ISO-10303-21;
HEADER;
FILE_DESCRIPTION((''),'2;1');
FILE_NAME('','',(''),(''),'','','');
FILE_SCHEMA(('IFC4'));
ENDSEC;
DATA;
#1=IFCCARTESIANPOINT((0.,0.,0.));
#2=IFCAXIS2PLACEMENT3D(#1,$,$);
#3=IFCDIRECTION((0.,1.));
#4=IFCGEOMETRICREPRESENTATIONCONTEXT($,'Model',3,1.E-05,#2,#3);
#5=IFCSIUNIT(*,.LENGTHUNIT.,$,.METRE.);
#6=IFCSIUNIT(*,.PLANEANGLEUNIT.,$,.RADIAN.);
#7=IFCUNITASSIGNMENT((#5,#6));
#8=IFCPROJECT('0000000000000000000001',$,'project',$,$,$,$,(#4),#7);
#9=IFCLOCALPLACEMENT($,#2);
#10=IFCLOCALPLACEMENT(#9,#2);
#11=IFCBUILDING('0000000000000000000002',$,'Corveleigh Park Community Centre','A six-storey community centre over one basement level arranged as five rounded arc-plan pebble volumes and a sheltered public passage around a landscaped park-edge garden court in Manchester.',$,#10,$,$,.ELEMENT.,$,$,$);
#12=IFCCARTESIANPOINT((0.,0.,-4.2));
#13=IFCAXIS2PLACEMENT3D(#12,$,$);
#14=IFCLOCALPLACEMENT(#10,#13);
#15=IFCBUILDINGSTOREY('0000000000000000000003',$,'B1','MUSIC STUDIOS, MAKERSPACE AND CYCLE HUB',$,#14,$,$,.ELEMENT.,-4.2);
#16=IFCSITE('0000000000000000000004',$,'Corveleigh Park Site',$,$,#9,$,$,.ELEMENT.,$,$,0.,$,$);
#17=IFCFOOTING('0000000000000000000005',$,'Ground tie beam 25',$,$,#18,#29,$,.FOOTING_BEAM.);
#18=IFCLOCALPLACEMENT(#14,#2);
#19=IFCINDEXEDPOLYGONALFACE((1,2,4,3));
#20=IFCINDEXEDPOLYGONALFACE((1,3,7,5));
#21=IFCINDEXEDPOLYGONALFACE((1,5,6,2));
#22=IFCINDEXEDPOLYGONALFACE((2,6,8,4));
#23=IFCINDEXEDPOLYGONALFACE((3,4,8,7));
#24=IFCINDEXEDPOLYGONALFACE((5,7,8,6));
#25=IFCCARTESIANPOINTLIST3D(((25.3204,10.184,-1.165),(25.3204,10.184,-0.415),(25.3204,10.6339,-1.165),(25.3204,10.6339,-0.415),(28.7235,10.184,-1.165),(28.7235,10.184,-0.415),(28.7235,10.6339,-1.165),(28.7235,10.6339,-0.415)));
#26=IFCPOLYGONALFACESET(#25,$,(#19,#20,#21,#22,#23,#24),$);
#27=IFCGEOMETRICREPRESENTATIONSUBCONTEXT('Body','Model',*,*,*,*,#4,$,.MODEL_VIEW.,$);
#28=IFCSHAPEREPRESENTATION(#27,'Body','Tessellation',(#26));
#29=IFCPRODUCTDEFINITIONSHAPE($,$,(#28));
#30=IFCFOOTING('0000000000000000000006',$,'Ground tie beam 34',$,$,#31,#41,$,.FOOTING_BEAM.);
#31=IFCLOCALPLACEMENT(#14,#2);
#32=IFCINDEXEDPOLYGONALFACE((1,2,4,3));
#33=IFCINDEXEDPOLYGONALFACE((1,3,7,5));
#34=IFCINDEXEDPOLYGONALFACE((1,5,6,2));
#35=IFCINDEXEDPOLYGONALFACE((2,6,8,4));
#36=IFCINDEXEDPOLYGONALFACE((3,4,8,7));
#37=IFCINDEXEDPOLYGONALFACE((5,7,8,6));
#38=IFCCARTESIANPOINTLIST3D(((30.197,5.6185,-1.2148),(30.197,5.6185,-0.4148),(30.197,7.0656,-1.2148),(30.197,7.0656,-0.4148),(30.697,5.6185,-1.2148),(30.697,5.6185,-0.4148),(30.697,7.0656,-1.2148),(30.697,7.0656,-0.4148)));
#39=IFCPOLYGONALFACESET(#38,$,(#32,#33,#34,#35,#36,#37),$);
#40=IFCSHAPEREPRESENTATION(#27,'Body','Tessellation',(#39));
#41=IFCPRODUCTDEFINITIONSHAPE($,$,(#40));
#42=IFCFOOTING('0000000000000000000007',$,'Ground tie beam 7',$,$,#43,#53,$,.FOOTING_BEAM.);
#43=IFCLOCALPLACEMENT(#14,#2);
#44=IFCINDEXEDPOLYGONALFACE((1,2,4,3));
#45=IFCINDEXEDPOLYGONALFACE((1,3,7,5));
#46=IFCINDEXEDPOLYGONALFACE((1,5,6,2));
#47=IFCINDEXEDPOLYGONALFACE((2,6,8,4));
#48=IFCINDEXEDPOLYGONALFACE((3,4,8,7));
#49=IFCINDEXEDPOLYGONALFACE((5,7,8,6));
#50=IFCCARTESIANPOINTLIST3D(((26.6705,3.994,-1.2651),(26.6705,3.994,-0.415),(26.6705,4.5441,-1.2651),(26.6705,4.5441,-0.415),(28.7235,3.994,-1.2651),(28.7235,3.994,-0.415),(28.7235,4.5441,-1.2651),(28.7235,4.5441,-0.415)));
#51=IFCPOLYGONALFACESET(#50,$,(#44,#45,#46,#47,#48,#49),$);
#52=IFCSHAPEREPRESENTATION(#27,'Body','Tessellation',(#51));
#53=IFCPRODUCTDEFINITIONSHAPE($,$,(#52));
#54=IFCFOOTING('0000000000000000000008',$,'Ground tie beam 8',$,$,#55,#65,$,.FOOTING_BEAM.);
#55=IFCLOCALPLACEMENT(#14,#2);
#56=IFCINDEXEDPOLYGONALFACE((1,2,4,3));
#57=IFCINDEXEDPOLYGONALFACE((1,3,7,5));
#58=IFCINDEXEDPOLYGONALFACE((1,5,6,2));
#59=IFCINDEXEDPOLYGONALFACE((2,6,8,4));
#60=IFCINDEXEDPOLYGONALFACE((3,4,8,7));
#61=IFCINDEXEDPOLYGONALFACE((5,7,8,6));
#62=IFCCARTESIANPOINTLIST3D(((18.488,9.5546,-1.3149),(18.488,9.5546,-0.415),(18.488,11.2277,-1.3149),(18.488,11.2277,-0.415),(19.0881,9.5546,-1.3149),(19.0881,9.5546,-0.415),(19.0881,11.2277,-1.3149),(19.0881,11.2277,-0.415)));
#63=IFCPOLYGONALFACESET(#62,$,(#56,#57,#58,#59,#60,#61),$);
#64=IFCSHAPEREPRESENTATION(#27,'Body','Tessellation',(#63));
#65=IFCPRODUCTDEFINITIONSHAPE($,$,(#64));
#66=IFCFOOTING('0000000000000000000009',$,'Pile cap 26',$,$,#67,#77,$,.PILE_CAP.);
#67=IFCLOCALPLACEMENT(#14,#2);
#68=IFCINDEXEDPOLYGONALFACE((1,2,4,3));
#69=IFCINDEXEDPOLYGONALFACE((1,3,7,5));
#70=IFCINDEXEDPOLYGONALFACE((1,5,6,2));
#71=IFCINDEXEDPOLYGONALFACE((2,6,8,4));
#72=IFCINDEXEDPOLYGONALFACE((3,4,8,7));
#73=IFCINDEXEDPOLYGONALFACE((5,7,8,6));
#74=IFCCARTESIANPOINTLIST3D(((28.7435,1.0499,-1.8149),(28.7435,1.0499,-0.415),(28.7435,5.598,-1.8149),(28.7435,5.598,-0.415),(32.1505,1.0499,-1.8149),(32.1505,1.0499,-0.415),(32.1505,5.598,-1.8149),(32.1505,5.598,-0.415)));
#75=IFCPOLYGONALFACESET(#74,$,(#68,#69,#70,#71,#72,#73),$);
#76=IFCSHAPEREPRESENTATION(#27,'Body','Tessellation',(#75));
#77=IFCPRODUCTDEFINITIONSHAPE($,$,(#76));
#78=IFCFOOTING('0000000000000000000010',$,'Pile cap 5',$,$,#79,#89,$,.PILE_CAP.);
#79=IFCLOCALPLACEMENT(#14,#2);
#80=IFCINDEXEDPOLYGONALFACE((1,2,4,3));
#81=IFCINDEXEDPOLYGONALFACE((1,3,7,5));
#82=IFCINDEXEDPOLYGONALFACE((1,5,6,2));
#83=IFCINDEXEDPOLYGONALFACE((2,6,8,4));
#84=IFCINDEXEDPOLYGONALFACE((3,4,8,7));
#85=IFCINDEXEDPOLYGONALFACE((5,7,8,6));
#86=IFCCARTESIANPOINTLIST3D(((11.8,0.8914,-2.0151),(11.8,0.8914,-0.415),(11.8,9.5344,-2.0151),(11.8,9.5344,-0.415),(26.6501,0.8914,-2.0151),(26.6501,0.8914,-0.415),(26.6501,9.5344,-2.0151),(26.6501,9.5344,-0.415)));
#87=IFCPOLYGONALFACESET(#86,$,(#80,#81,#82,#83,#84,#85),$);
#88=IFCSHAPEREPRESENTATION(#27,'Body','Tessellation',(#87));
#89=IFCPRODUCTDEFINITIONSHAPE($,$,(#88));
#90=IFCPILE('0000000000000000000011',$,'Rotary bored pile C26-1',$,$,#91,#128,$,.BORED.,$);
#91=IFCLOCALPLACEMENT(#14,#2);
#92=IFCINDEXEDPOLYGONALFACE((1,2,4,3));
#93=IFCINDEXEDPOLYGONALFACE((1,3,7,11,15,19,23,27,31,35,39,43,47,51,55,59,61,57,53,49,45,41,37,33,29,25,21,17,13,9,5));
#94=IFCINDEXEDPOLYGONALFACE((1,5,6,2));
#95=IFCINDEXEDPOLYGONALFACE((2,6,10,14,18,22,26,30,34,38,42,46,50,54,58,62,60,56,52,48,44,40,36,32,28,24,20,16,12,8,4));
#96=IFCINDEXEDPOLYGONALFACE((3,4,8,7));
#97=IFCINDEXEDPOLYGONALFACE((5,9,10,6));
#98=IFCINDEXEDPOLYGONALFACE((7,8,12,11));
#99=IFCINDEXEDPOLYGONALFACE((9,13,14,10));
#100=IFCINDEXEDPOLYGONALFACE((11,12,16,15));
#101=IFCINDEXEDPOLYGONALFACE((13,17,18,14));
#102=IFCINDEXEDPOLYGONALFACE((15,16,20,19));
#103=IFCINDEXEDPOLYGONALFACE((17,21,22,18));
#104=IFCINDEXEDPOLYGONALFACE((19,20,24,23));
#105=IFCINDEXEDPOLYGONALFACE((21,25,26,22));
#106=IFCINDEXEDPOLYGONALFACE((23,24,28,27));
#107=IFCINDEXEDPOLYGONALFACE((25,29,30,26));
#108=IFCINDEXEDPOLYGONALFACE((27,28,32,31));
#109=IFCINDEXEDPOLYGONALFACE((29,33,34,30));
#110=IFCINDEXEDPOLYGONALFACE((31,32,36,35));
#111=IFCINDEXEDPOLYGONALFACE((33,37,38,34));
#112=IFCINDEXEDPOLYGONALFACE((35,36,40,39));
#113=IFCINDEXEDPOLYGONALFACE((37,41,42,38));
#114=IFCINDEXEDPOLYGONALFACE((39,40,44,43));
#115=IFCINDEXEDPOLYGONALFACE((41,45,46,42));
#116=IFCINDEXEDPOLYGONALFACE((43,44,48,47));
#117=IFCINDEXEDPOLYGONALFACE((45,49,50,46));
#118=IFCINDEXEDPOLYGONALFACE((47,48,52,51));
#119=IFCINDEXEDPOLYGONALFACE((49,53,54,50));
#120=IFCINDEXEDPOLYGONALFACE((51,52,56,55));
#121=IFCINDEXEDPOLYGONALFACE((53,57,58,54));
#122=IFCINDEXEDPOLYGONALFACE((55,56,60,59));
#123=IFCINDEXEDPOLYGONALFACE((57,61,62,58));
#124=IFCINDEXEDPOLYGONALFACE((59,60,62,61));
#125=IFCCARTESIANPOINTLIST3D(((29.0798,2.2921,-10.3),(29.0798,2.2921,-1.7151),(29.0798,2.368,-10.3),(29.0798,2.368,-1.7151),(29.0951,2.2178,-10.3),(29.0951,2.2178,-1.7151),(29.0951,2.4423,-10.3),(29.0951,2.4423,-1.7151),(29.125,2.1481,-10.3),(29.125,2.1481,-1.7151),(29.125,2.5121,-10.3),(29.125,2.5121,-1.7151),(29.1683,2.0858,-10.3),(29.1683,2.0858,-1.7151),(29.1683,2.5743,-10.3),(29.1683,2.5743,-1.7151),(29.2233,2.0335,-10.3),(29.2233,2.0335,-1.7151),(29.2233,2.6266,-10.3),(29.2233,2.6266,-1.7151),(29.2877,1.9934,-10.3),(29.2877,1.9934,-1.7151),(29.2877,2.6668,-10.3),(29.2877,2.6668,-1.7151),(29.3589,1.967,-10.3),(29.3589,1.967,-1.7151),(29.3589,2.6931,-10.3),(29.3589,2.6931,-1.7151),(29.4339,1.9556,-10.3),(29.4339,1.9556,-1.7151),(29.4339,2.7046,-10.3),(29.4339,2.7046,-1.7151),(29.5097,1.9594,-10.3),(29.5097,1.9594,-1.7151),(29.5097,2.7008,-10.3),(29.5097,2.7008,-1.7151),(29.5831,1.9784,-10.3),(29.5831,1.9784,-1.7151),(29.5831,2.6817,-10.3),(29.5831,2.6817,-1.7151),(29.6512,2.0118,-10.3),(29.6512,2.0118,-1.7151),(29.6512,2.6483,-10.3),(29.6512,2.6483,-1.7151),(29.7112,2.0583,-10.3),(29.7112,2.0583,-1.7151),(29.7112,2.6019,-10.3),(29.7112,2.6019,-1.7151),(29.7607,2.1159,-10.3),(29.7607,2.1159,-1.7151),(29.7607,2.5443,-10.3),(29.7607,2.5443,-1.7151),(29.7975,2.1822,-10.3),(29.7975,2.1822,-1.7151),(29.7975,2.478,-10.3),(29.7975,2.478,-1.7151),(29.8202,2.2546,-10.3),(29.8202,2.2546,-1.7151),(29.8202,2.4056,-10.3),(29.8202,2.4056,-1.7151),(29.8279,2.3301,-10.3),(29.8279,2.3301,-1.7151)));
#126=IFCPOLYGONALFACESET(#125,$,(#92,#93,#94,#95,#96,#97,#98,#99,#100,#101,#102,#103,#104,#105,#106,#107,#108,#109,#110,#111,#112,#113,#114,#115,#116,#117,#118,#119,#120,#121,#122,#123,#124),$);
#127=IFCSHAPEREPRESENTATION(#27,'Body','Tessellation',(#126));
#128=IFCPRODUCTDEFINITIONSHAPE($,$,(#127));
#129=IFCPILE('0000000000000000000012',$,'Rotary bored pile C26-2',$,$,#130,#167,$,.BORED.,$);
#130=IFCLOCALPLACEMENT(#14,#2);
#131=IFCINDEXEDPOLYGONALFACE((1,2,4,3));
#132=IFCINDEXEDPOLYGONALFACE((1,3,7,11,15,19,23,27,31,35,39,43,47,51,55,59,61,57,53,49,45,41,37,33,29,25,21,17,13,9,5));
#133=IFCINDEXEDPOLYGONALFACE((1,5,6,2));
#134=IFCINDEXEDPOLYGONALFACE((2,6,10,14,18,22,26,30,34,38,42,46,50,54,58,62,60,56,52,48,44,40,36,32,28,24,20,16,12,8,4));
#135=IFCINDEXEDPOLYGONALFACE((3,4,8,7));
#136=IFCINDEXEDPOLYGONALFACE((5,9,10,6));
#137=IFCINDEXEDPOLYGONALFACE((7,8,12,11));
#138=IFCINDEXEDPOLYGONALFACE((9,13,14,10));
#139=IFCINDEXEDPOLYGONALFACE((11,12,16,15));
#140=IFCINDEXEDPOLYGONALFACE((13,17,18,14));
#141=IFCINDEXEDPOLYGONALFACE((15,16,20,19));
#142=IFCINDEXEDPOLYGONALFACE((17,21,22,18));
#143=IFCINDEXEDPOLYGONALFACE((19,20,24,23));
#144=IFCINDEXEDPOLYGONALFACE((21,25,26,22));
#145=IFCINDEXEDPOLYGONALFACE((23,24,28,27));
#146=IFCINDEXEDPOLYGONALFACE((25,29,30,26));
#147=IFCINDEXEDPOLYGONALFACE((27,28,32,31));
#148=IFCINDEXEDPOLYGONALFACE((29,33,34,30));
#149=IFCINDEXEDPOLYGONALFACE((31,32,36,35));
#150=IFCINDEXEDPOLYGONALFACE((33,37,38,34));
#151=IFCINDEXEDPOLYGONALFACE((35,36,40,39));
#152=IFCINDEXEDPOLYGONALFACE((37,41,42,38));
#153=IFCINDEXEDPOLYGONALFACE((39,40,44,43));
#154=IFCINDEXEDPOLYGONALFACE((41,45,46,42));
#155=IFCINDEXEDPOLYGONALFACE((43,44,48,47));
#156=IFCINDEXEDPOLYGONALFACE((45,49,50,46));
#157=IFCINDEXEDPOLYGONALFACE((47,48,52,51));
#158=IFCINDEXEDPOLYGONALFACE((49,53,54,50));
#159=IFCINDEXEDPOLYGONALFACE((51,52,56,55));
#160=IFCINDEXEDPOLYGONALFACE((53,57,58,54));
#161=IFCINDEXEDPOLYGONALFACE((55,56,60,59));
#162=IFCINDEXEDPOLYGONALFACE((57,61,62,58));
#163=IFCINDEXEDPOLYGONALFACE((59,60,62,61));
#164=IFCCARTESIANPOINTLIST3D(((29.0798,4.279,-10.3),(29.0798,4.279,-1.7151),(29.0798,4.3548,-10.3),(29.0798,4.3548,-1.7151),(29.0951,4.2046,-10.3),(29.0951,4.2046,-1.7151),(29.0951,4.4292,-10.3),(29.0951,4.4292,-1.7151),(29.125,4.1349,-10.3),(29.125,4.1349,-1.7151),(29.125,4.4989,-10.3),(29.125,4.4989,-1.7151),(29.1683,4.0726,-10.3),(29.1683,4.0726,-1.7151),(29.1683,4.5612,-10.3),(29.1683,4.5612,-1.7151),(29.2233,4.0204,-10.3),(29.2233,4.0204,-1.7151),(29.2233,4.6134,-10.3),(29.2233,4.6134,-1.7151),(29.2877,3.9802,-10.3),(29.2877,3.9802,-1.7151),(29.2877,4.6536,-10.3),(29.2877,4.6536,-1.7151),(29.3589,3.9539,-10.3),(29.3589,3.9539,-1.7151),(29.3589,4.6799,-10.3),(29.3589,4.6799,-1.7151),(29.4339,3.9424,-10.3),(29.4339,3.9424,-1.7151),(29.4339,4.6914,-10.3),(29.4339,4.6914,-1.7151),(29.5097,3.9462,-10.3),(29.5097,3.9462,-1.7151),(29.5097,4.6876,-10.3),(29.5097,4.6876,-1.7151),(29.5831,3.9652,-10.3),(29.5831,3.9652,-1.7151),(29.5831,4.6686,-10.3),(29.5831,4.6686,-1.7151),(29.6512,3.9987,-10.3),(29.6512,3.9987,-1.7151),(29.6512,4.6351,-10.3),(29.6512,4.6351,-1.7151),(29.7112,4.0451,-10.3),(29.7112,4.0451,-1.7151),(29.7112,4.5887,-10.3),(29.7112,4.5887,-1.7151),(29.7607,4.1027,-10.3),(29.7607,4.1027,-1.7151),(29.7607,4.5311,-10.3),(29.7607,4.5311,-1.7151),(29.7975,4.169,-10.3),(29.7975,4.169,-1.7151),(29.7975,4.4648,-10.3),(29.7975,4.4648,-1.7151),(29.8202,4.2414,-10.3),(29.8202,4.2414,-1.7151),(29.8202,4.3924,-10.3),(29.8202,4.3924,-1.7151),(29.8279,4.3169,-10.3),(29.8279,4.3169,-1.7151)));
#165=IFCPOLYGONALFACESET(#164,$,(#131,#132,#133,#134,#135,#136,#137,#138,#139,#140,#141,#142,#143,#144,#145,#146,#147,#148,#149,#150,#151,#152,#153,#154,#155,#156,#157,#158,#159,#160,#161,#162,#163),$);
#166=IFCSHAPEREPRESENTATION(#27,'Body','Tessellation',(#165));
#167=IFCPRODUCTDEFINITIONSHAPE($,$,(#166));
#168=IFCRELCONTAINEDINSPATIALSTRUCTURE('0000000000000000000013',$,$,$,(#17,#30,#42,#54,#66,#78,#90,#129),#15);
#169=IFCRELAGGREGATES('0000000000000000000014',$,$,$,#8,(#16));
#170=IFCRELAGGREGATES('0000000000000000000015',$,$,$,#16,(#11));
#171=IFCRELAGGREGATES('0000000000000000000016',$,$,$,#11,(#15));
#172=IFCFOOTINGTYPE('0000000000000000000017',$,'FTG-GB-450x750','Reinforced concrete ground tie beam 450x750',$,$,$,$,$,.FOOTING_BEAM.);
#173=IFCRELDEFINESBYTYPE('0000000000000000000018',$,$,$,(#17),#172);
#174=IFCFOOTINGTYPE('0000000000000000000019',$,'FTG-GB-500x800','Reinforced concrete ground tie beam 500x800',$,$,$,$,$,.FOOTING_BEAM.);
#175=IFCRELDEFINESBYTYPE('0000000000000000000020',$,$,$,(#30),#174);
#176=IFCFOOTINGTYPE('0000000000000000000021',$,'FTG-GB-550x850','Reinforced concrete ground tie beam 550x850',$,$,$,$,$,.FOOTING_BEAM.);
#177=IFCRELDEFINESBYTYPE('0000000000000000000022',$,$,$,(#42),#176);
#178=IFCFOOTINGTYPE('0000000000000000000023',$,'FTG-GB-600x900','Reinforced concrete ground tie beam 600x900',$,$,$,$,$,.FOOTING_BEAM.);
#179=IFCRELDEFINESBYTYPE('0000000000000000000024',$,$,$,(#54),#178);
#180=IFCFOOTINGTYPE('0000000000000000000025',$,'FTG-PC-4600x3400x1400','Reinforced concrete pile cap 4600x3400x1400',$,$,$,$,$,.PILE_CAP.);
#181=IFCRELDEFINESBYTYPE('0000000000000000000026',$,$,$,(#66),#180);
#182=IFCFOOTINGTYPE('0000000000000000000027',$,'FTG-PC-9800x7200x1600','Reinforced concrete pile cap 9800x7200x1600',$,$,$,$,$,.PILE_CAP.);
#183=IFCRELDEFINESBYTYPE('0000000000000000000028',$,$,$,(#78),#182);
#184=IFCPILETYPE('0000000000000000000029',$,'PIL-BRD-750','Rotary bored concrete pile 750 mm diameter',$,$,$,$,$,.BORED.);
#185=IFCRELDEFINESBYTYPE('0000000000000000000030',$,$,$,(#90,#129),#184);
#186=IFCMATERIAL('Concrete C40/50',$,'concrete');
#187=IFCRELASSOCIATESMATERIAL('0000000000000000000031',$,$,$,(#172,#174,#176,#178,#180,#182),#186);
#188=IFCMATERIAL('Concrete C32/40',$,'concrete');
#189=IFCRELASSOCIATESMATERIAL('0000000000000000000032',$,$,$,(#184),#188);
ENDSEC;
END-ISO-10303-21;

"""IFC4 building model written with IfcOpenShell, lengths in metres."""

from ifc_helpers import new_model, si_unit, direction, frame, origin, origin_2d, place, context, subcontext, project, spatial, rectangle, circle, extrude, material, material_profile, profile_set, type_object, element, save


model = new_model("IFC4")

# Units and contexts
model_context = context("Model", 3, precision=1e-05, world=origin(), true_north=direction((0.0, 1.0)))
body_context = subcontext(model_context, "Body", "Model", "MODEL_VIEW")
ifc_project = project(units=[si_unit("LENGTHUNIT", "METRE"), si_unit("PLANEANGLEUNIT", "RADIAN")], contexts=[model_context])

# Site, building, storey
site_placement = place(None, origin())
site = spatial("IfcSite", under=ifc_project, at=site_placement, Name="Corveleigh Park Site", CompositionType="ELEMENT", RefElevation=0.0)
building_placement = place(site_placement, origin())
building = spatial("IfcBuilding", under=site, at=building_placement, Name="Corveleigh Park Community Centre", Description="A six-storey community centre over one basement level arranged as five rounded arc-plan pebble volumes and a sheltered public passage around a landscaped park-edge garden court in Manchester.", CompositionType="ELEMENT")
storey_placement = place(building_placement, frame((0.0, 0.0, -4.2)))
storey = spatial("IfcBuildingStorey", under=building, at=storey_placement, Name="B1", Description="MUSIC STUDIOS, MAKERSPACE AND CYCLE HUB", CompositionType="ELEMENT", Elevation=-4.2)

# Footings
ifc_material_1 = material(Name="Concrete C40/50", Category="concrete")
footing_type_1 = type_object("IfcFootingType", Name="FTG-GB-450x750", Description="Reinforced concrete ground tie beam 450x750", PredefinedType="FOOTING_BEAM", material=ifc_material_1)
footing_1_placement = place(storey_placement, frame((27.022, 10.4089, -1.165), z_axis=(0.0, 0.0, 1.0), x_axis=(1.0, 0.0, 0.0)))
element("IfcFooting", 1, at=footing_1_placement, inside=storey, type_object=footing_type_1, Name="Ground tie beam 25", PredefinedType="FOOTING_BEAM", context=body_context, shape_type="SweptSolid", body=[
    extrude(rectangle(XDim=3.4031, YDim=0.45, at=origin_2d()), origin(), (0.0, 0.0, 1.0), 0.75),
])
footing_type_2 = type_object("IfcFootingType", Name="FTG-GB-500x800", Description="Reinforced concrete ground tie beam 500x800", PredefinedType="FOOTING_BEAM", material=ifc_material_1)
footing_2_placement = place(storey_placement, frame((30.447, 6.342, -1.2148), z_axis=(0.0, 0.0, 1.0), x_axis=(1.0, 0.0, 0.0)))
element("IfcFooting", 2, at=footing_2_placement, inside=storey, type_object=footing_type_2, Name="Ground tie beam 34", PredefinedType="FOOTING_BEAM", context=body_context, shape_type="SweptSolid", body=[
    extrude(rectangle(XDim=0.5, YDim=1.447, at=origin_2d()), origin(), (0.0, 0.0, 1.0), 0.8),
])
footing_type_3 = type_object("IfcFootingType", Name="FTG-GB-550x850", Description="Reinforced concrete ground tie beam 550x850", PredefinedType="FOOTING_BEAM", material=ifc_material_1)
footing_3_placement = place(storey_placement, frame((27.697, 4.269, -1.2651), z_axis=(0.0, 0.0, 1.0), x_axis=(1.0, 0.0, 0.0)))
element("IfcFooting", 3, at=footing_3_placement, inside=storey, type_object=footing_type_3, Name="Ground tie beam 7", PredefinedType="FOOTING_BEAM", context=body_context, shape_type="SweptSolid", body=[
    extrude(rectangle(XDim=2.053, YDim=0.55, at=origin_2d()), origin(), (0.0, 0.0, 1.0), 0.8501),
])
footing_type_4 = type_object("IfcFootingType", Name="FTG-GB-600x900", Description="Reinforced concrete ground tie beam 600x900", PredefinedType="FOOTING_BEAM", material=ifc_material_1)
footing_4_placement = place(storey_placement, frame((18.7881, 10.3911, -1.3149), z_axis=(0.0, 0.0, 1.0), x_axis=(1.0, 0.0, 0.0)))
element("IfcFooting", 4, at=footing_4_placement, inside=storey, type_object=footing_type_4, Name="Ground tie beam 8", PredefinedType="FOOTING_BEAM", context=body_context, shape_type="SweptSolid", body=[
    extrude(rectangle(XDim=0.6001, YDim=1.6731, at=origin_2d()), origin(), (0.0, 0.0, 1.0), 0.8999),
])
footing_type_5 = type_object("IfcFootingType", Name="FTG-PC-4600x3400x1400", Description="Reinforced concrete pile cap 4600x3400x1400", PredefinedType="PILE_CAP", material=ifc_material_1)
footing_5_placement = place(storey_placement, frame((30.447, 3.324, -1.8149), z_axis=(0.0, 0.0, 1.0), x_axis=(1.0, 0.0, 0.0)))
element("IfcFooting", 5, at=footing_5_placement, inside=storey, type_object=footing_type_5, Name="Pile cap 26", PredefinedType="PILE_CAP", context=body_context, shape_type="SweptSolid", body=[
    extrude(rectangle(XDim=3.407, YDim=4.5481, at=origin_2d()), origin(), (0.0, 0.0, 1.0), 1.3999),
])
footing_type_6 = type_object("IfcFootingType", Name="FTG-PC-9800x7200x1600", Description="Reinforced concrete pile cap 9800x7200x1600", PredefinedType="PILE_CAP", material=ifc_material_1)
footing_6_placement = place(storey_placement, frame((19.2251, 5.2129, -2.0151), z_axis=(0.0, 0.0, 1.0), x_axis=(1.0, 0.0, 0.0)))
element("IfcFooting", 6, at=footing_6_placement, inside=storey, type_object=footing_type_6, Name="Pile cap 5", PredefinedType="PILE_CAP", context=body_context, shape_type="SweptSolid", body=[
    extrude(rectangle(XDim=14.8501, YDim=8.6431, at=origin_2d()), origin(), (0.0, 0.0, 1.0), 1.6001),
])

# Piles
ifc_material_2 = material(Name="Concrete C32/40", Category="concrete")
ifc_material_profile_1 = material_profile(ifc_material_2, circle(Radius=0.375, at=origin_2d()), Name="BORED-PILE-750", Category="concrete")
ifc_profile_set_1 = profile_set([ifc_material_profile_1], Name="Concrete C32/40")
pile_type_1 = type_object("IfcPileType", Name="PIL-BRD-750", Description="Rotary bored concrete pile 750 mm diameter", PredefinedType="BORED", material=ifc_profile_set_1)
for number, where, z_axis, x_axis, name in (
    (7, (29.4529, 2.3301, -1.7151), (0.0, 0.0, -1.0), (1.0, 0.0, 0.0), "Rotary bored pile C26-1"),
    (8, (29.4529, 4.3169, -1.7151), (0.0, 0.0, -1.0), (1.0, 0.0, 0.0), "Rotary bored pile C26-2"),
):
    element("IfcPile", number, at=place(storey_placement, frame(where, z_axis=z_axis, x_axis=x_axis)), inside=storey, type_object=pile_type_1, Name=name, PredefinedType="BORED", context=body_context, shape_type="SweptSolid", body=[
        extrude(circle(Radius=0.375, at=origin_2d()), origin(), (0.0, 0.0, 1.0), 8.585),
    ])

save(model, "model.ifc")
